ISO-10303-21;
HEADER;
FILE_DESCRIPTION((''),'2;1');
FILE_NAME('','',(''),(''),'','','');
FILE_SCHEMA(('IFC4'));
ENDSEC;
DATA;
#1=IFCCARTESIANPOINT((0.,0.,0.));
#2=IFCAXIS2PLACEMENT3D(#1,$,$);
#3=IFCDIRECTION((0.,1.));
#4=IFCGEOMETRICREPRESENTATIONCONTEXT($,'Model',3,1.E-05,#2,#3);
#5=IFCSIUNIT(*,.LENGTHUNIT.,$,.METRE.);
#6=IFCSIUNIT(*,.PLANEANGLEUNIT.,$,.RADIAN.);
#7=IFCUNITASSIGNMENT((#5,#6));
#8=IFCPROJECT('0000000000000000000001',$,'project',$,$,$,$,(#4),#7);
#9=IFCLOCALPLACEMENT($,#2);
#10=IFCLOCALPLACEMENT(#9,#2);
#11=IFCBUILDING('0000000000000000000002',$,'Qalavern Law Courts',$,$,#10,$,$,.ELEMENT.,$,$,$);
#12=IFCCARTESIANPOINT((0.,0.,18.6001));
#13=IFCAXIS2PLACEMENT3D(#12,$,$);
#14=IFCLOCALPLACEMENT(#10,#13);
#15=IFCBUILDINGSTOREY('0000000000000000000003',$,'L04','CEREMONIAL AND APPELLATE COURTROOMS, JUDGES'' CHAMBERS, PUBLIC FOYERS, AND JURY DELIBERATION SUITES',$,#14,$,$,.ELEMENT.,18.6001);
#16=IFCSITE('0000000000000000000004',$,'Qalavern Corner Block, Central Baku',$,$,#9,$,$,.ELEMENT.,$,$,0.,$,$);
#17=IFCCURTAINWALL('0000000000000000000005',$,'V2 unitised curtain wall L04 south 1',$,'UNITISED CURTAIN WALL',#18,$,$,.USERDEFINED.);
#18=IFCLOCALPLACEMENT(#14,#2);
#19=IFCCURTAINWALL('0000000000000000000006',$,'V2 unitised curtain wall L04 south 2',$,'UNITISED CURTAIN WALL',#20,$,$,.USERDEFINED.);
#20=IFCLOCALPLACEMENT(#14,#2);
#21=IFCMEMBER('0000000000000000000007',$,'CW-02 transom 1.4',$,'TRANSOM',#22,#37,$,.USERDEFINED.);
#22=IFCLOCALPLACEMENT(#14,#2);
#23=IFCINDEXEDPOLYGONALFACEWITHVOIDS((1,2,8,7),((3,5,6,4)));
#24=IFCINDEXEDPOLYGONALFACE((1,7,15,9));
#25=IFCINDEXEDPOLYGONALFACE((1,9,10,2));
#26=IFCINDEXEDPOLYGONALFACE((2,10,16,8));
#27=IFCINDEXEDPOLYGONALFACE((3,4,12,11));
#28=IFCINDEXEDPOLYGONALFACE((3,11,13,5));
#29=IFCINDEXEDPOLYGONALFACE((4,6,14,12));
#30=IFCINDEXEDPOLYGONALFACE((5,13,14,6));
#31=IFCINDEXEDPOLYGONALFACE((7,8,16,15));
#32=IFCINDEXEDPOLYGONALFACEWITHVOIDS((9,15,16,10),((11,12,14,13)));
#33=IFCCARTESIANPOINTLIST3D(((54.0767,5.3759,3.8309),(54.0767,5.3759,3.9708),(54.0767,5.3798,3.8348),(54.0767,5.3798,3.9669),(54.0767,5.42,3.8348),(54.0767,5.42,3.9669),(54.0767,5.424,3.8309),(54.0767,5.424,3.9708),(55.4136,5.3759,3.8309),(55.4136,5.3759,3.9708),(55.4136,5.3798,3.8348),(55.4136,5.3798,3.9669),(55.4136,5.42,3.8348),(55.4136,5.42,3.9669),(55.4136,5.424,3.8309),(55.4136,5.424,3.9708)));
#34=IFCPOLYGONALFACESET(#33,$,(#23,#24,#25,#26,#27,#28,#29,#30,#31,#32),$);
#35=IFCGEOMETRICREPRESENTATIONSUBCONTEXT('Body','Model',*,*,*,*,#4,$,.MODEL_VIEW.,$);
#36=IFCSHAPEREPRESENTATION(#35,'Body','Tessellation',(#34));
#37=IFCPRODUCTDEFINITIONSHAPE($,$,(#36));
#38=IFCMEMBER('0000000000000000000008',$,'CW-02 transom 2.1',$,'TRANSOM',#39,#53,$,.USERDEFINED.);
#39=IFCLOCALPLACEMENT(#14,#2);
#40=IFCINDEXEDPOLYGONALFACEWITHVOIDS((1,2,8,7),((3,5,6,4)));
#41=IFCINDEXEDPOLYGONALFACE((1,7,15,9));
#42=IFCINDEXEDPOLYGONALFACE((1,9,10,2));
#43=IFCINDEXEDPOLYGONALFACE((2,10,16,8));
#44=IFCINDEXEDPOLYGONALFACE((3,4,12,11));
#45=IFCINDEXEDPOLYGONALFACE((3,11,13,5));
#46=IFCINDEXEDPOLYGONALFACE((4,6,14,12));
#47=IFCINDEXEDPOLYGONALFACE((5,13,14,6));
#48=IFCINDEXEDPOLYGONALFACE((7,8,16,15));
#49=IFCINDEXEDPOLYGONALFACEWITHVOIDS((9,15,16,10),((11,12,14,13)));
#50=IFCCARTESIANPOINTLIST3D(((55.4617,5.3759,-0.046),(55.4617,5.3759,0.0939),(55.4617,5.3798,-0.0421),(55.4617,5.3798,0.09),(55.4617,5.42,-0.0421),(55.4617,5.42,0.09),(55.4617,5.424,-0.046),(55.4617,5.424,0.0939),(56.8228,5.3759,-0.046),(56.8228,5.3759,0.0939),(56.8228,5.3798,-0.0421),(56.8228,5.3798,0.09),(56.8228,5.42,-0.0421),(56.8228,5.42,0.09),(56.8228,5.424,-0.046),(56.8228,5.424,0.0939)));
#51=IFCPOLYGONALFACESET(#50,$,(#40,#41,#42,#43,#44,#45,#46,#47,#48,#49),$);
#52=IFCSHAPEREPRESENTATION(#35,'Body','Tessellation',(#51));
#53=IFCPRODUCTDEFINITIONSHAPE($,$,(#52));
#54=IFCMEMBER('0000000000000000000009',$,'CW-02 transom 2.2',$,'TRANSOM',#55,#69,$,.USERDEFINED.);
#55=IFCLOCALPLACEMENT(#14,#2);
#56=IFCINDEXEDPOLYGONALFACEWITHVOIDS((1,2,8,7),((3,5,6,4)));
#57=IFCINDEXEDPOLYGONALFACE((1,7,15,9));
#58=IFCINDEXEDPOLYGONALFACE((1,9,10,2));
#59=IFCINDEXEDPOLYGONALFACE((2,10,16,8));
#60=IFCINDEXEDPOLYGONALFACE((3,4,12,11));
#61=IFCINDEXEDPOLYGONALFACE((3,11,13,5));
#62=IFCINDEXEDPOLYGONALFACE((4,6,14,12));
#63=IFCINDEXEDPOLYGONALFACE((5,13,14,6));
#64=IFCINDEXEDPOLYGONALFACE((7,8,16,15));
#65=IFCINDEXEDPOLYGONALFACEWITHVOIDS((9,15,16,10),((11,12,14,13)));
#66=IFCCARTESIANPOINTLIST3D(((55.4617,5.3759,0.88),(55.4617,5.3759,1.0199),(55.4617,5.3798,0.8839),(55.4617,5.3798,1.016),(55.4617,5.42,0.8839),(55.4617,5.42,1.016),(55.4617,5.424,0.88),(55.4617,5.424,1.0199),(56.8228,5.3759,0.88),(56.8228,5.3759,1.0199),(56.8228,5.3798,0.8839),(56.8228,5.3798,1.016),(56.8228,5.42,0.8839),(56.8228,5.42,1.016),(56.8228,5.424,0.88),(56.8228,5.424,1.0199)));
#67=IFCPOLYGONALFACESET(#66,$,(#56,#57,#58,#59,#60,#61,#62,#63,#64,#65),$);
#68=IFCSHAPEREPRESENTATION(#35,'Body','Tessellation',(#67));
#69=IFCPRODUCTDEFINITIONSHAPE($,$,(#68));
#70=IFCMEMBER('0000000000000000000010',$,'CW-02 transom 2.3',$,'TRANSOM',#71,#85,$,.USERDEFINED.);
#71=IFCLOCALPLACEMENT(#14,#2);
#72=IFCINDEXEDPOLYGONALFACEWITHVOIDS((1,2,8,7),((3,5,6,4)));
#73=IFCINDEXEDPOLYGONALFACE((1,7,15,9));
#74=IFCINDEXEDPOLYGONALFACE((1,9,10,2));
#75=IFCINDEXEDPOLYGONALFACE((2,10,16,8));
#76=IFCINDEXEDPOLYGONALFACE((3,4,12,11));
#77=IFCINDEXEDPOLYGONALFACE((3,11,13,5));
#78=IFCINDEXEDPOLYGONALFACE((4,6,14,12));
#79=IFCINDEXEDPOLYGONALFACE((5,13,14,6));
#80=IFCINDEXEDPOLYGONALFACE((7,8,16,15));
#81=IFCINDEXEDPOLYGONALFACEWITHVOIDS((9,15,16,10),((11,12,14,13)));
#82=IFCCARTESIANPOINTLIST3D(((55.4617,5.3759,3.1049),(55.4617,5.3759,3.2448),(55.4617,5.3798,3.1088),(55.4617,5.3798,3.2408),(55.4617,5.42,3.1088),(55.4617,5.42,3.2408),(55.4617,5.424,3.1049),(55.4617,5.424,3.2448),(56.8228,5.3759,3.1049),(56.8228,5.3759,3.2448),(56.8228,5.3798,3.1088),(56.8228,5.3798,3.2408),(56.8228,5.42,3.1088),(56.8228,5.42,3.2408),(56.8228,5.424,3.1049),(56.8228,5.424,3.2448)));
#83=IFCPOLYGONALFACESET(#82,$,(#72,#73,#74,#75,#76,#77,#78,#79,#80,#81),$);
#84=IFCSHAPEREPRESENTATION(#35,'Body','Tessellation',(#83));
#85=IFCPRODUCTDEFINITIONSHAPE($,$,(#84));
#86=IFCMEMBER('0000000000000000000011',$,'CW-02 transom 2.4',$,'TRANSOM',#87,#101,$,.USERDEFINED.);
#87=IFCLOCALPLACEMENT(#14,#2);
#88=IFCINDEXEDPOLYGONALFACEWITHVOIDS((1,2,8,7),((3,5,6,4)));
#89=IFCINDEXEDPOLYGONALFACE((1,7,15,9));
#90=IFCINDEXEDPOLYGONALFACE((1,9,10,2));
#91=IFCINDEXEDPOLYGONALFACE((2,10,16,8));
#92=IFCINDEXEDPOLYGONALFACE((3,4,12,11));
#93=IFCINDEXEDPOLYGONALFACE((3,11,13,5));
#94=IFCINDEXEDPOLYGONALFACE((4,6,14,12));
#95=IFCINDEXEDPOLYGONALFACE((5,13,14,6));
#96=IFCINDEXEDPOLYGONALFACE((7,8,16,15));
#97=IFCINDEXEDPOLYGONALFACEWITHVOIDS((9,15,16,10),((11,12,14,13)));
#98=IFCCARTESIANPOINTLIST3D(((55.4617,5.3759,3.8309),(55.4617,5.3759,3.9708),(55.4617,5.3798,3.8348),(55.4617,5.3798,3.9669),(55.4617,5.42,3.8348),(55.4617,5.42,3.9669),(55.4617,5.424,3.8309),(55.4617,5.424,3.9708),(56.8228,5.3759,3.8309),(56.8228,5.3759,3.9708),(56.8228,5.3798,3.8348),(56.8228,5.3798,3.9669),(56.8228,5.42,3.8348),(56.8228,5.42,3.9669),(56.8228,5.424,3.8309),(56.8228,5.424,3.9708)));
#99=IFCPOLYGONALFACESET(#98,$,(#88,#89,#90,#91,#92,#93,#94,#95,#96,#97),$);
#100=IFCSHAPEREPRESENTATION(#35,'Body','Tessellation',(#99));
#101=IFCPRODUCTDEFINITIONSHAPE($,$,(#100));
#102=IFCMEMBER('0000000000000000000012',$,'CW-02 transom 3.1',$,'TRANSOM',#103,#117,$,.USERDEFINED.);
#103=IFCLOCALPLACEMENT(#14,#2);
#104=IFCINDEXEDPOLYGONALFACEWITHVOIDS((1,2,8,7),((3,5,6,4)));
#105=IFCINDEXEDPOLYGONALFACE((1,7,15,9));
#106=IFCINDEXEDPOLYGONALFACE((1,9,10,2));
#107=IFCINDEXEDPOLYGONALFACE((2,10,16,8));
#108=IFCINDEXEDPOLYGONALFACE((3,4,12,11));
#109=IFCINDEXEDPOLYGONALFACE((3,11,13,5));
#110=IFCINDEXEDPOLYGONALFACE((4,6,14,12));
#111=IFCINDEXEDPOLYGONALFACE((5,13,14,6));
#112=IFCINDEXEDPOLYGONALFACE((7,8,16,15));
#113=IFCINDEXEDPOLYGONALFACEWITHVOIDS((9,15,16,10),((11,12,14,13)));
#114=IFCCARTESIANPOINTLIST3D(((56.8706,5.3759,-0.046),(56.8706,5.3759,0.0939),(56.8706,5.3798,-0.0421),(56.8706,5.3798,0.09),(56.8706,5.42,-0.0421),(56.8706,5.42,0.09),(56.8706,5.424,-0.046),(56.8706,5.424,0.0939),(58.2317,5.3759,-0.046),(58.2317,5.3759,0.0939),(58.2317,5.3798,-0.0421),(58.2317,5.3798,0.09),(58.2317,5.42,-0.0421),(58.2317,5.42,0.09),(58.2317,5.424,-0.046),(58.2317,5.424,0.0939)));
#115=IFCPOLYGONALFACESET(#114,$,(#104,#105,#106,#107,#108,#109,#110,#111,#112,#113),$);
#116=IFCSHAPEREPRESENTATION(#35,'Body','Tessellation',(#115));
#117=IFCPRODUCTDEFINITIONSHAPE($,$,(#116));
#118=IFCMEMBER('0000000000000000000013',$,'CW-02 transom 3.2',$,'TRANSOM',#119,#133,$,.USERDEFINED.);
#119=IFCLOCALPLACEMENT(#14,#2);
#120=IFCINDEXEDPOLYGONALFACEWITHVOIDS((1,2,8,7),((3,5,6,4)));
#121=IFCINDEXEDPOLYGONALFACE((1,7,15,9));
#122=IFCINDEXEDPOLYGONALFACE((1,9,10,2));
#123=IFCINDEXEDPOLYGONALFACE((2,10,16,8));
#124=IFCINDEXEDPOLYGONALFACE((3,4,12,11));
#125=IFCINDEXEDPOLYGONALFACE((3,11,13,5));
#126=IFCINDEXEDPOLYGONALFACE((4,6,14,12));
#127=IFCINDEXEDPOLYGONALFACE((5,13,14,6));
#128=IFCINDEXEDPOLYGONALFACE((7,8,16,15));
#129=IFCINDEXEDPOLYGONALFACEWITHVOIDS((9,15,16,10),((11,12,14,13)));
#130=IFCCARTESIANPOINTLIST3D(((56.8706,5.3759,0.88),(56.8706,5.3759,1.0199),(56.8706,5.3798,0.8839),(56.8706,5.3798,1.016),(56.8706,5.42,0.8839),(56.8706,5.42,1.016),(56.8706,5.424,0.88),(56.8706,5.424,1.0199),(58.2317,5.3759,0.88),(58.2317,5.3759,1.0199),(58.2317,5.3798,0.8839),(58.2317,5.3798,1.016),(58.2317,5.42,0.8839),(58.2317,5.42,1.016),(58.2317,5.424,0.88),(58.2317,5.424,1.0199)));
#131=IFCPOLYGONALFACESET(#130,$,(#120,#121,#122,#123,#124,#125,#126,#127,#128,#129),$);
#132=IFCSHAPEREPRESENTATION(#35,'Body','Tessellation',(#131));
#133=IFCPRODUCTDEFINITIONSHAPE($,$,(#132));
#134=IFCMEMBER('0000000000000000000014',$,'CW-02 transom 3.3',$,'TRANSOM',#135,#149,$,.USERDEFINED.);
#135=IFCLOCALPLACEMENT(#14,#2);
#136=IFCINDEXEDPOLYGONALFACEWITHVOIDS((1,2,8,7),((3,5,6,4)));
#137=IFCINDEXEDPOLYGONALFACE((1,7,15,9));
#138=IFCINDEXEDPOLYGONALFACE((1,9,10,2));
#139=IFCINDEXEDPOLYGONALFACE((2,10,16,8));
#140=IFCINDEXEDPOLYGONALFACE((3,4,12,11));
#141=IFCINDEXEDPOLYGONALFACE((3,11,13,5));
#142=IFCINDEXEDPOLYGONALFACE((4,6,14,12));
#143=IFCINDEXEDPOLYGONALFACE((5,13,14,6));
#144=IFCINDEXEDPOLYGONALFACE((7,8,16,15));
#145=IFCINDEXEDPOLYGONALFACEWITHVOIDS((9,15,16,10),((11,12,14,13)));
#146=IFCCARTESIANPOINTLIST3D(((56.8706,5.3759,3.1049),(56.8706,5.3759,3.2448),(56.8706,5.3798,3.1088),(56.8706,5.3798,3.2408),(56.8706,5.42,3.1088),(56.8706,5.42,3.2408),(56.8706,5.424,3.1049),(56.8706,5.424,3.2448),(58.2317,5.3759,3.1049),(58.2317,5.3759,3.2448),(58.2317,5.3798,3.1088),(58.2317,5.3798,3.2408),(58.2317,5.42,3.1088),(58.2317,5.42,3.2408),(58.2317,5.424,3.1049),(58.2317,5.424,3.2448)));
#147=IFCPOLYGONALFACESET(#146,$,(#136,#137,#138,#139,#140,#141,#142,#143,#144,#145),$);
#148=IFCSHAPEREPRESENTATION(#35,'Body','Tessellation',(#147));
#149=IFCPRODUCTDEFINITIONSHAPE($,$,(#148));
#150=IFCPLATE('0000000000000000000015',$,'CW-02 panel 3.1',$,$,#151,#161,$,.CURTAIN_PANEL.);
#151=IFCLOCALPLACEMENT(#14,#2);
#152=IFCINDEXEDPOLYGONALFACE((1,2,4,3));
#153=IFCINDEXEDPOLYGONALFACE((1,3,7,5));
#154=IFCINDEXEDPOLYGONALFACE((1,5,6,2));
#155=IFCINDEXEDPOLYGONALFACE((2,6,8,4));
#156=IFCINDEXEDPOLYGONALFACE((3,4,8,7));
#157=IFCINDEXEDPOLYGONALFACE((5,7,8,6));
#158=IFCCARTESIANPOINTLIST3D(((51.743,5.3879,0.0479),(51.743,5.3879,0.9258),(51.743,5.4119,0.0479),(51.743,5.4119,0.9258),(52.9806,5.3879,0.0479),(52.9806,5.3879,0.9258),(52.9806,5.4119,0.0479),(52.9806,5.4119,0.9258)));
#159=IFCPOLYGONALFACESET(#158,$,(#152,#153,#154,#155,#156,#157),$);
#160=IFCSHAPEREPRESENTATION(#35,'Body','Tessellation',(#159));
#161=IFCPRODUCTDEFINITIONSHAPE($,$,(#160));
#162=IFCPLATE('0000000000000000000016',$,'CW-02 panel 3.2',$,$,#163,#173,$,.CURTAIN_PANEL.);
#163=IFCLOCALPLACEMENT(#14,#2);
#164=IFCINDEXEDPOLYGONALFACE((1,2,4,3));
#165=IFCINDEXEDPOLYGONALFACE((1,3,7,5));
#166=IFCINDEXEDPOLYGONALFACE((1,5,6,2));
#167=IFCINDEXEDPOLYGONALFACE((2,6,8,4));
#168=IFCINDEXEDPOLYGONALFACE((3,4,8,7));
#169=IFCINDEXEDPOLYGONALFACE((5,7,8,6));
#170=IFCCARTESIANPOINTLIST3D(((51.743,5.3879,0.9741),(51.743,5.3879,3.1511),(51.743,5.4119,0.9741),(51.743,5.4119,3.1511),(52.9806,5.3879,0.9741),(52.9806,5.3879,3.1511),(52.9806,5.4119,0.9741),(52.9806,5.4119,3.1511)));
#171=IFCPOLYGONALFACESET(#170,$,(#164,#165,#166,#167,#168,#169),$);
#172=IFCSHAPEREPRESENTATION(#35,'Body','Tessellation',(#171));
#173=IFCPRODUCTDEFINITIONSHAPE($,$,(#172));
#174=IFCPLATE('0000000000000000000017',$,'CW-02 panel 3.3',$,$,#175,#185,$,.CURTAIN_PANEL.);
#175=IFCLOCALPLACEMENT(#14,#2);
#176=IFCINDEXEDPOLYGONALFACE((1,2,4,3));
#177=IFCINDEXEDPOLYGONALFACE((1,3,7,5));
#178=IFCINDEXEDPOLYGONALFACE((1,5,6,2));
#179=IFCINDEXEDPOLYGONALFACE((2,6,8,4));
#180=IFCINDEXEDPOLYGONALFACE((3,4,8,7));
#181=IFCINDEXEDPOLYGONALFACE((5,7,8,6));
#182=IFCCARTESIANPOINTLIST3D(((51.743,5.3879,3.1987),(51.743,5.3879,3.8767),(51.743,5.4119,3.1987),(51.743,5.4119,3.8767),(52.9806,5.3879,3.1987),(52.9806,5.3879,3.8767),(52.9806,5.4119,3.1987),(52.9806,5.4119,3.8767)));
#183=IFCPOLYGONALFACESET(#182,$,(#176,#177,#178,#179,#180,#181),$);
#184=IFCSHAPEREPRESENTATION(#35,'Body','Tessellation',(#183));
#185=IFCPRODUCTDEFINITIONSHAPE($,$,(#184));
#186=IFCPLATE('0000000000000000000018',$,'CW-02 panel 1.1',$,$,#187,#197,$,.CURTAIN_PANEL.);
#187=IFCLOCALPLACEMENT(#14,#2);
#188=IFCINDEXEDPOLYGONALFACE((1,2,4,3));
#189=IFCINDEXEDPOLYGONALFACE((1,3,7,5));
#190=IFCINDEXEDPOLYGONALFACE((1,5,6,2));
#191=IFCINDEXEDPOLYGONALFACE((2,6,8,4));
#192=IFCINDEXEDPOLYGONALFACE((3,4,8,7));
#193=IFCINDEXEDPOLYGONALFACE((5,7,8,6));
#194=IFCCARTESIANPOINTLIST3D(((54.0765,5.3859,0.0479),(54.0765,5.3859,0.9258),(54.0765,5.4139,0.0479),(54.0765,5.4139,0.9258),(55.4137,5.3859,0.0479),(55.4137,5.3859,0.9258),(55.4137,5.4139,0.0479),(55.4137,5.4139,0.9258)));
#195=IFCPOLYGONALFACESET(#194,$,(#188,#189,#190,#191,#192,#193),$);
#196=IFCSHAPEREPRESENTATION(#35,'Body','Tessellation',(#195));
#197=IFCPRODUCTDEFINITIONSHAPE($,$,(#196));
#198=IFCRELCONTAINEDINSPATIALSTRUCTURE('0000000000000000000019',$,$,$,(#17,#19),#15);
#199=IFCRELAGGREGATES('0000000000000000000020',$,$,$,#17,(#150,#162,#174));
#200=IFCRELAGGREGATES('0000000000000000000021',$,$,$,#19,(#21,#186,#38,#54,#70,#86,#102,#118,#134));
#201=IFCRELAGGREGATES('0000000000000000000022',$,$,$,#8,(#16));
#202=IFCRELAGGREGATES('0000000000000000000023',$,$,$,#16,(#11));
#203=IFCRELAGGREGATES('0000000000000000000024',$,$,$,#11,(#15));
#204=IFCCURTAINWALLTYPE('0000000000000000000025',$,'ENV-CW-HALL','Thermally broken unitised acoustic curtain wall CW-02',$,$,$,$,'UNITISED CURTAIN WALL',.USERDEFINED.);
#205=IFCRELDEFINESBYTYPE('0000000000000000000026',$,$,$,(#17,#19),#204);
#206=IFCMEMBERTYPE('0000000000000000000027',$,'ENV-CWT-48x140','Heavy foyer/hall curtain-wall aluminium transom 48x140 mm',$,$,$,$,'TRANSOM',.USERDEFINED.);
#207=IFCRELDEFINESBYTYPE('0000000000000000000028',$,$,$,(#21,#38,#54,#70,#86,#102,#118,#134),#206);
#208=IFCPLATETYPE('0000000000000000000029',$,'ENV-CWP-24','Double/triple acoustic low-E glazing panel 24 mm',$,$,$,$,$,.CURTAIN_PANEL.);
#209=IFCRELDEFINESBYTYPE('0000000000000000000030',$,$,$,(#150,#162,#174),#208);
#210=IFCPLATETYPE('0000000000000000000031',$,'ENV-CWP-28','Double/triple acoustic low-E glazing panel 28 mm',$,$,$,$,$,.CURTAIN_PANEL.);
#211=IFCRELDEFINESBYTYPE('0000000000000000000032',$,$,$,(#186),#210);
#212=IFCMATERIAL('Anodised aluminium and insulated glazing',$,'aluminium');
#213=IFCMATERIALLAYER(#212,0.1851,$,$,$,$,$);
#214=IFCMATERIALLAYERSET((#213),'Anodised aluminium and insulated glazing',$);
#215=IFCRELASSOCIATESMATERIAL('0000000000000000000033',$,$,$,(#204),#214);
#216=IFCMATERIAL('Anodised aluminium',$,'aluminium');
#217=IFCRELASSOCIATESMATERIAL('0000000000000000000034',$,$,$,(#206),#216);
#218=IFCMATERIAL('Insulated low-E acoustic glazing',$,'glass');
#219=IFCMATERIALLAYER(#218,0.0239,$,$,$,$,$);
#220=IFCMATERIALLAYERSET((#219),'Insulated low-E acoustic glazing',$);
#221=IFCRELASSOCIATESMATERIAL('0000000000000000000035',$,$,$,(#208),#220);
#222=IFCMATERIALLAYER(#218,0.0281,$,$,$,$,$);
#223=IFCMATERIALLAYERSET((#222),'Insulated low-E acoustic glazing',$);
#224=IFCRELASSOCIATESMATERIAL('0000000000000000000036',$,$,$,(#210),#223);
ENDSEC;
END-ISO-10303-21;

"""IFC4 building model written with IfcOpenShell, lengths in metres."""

from ifc_helpers import new_model, si_unit, direction, frame, origin, origin_2d, place, context, subcontext, project, spatial, rectangle, hollow_rectangle, extrude, material, layer, layer_set, material_profile, profile_set, type_object, element, aggregate, save


model = new_model("IFC4")

# Units and contexts
model_context = context("Model", 3, precision=1e-05, world=origin(), true_north=direction((0.0, 1.0)))
body_context = subcontext(model_context, "Body", "Model", "MODEL_VIEW")
ifc_project = project(units=[si_unit("LENGTHUNIT", "METRE"), si_unit("PLANEANGLEUNIT", "RADIAN")], contexts=[model_context])

# Site, building, storey
site_placement = place(None, origin())
site = spatial("IfcSite", under=ifc_project, at=site_placement, Name="Qalavern Corner Block, Central Baku", CompositionType="ELEMENT", RefElevation=0.0)
building_placement = place(site_placement, origin())
building = spatial("IfcBuilding", under=site, at=building_placement, Name="Qalavern Law Courts", CompositionType="ELEMENT")
storey_placement = place(building_placement, frame((0.0, 0.0, 18.6001)))
storey = spatial("IfcBuildingStorey", under=building, at=storey_placement, Name="L04", Description="CEREMONIAL AND APPELLATE COURTROOMS, JUDGES' CHAMBERS, PUBLIC FOYERS, AND JURY DELIBERATION SUITES", CompositionType="ELEMENT", Elevation=18.6001)

# Curtain wall
ifc_material_1 = material(Name="Anodised aluminium and insulated glazing", Category="aluminium")
ifc_layer_1 = layer(ifc_material_1, 0.1851)
ifc_layer_set_1 = layer_set([ifc_layer_1], Name="Anodised aluminium and insulated glazing")
curtain_wall_type = type_object("IfcCurtainWallType", Name="ENV-CW-HALL", Description="Thermally broken unitised acoustic curtain wall CW-02", ElementType="UNITISED CURTAIN WALL", PredefinedType="USERDEFINED", material=ifc_layer_set_1)
curtain_wall_1_placement = place(storey_placement, origin())
curtain_wall_1 = element("IfcCurtainWall", 1, at=curtain_wall_1_placement, inside=storey, type_object=curtain_wall_type, Name="V2 unitised curtain wall L04 south 1", ObjectType="UNITISED CURTAIN WALL", PredefinedType="USERDEFINED")
ifc_material_2 = material(Name="Anodised aluminium", Category="aluminium")

# Curtain wall
curtain_wall_2_placement = place(storey_placement, origin())
curtain_wall_2 = element("IfcCurtainWall", 2, at=curtain_wall_2_placement, inside=storey, type_object=curtain_wall_type, Name="V2 unitised curtain wall L04 south 2", ObjectType="UNITISED CURTAIN WALL", PredefinedType="USERDEFINED")

# Members
ifc_material_profile_1 = material_profile(ifc_material_2, hollow_rectangle(XDim=0.0481, YDim=0.1399, WallThickness=0.0039, at=origin_2d()), Name="ALU TRANSOM 48x140")
ifc_profile_set_1 = profile_set([ifc_material_profile_1], Name="Anodised aluminium")
member_type_1 = type_object("IfcMemberType", Name="ENV-CWT-48x140", Description="Heavy foyer/hall curtain-wall aluminium transom 48x140 mm", ElementType="TRANSOM", PredefinedType="USERDEFINED", material=ifc_profile_set_1)
member_1_placement = place(storey_placement, frame((54.0767, 5.3999, 3.9009), z_axis=(1.0, 0.0, 0.0), x_axis=(0.0, 1.0, 0.0)))
member_1 = element("IfcMember", 3, at=member_1_placement, type_object=member_type_1, Name="CW-02 transom 1.4", ObjectType="TRANSOM", PredefinedType="USERDEFINED", context=body_context, shape_type="SweptSolid", body=[
    extrude(hollow_rectangle(XDim=0.0481, YDim=0.1399, WallThickness=0.0039, at=origin_2d()), origin(), (0.0, 0.0, 1.0), 1.3369),
])
member_2_placement = place(storey_placement, frame((55.4617, 5.3999, 0.0239), z_axis=(1.0, 0.0, 0.0), x_axis=(0.0, 1.0, 0.0)))
member_2 = element("IfcMember", 4, at=member_2_placement, type_object=member_type_1, Name="CW-02 transom 2.1", ObjectType="TRANSOM", PredefinedType="USERDEFINED", context=body_context, shape_type="SweptSolid", body=[
    extrude(hollow_rectangle(XDim=0.0481, YDim=0.1399, WallThickness=0.0039, at=origin_2d()), origin(), (0.0, 0.0, 1.0), 1.3611),
])
member_3_placement = place(storey_placement, frame((55.4617, 5.3999, 0.95), z_axis=(1.0, 0.0, 0.0), x_axis=(0.0, 1.0, 0.0)))
member_3 = element("IfcMember", 5, at=member_3_placement, type_object=member_type_1, Name="CW-02 transom 2.2", ObjectType="TRANSOM", PredefinedType="USERDEFINED", context=body_context, shape_type="SweptSolid", body=[
    extrude(hollow_rectangle(XDim=0.0481, YDim=0.1399, WallThickness=0.0039, at=origin_2d()), origin(), (0.0, 0.0, 1.0), 1.3611),
])
member_4_placement = place(storey_placement, frame((55.4617, 5.3999, 3.1748), z_axis=(1.0, 0.0, 0.0), x_axis=(0.0, 1.0, 0.0)))
member_4 = element("IfcMember", 6, at=member_4_placement, type_object=member_type_1, Name="CW-02 transom 2.3", ObjectType="TRANSOM", PredefinedType="USERDEFINED", context=body_context, shape_type="SweptSolid", body=[
    extrude(hollow_rectangle(XDim=0.0481, YDim=0.1399, WallThickness=0.0039, at=origin_2d()), origin(), (0.0, 0.0, 1.0), 1.3611),
])
member_5_placement = place(storey_placement, frame((55.4617, 5.3999, 3.9009), z_axis=(1.0, 0.0, 0.0), x_axis=(0.0, 1.0, 0.0)))
member_5 = element("IfcMember", 7, at=member_5_placement, type_object=member_type_1, Name="CW-02 transom 2.4", ObjectType="TRANSOM", PredefinedType="USERDEFINED", context=body_context, shape_type="SweptSolid", body=[
    extrude(hollow_rectangle(XDim=0.0481, YDim=0.1399, WallThickness=0.0039, at=origin_2d()), origin(), (0.0, 0.0, 1.0), 1.3611),
])
member_6_placement = place(storey_placement, frame((56.8706, 5.3999, 0.0239), z_axis=(1.0, 0.0, 0.0), x_axis=(0.0, 1.0, 0.0)))
member_6 = element("IfcMember", 8, at=member_6_placement, type_object=member_type_1, Name="CW-02 transom 3.1", ObjectType="TRANSOM", PredefinedType="USERDEFINED", context=body_context, shape_type="SweptSolid", body=[
    extrude(hollow_rectangle(XDim=0.0481, YDim=0.1399, WallThickness=0.0039, at=origin_2d()), origin(), (0.0, 0.0, 1.0), 1.3611),
])
member_7_placement = place(storey_placement, frame((56.8706, 5.3999, 0.95), z_axis=(1.0, 0.0, 0.0), x_axis=(0.0, 1.0, 0.0)))
member_7 = element("IfcMember", 9, at=member_7_placement, type_object=member_type_1, Name="CW-02 transom 3.2", ObjectType="TRANSOM", PredefinedType="USERDEFINED", context=body_context, shape_type="SweptSolid", body=[
    extrude(hollow_rectangle(XDim=0.0481, YDim=0.1399, WallThickness=0.0039, at=origin_2d()), origin(), (0.0, 0.0, 1.0), 1.3611),
])
member_8_placement = place(storey_placement, frame((56.8706, 5.3999, 3.1748), z_axis=(1.0, 0.0, 0.0), x_axis=(0.0, 1.0, 0.0)))
member_8 = element("IfcMember", 10, at=member_8_placement, type_object=member_type_1, Name="CW-02 transom 3.3", ObjectType="TRANSOM", PredefinedType="USERDEFINED", context=body_context, shape_type="SweptSolid", body=[
    extrude(hollow_rectangle(XDim=0.0481, YDim=0.1399, WallThickness=0.0039, at=origin_2d()), origin(), (0.0, 0.0, 1.0), 1.3611),
])

# Plates
ifc_material_3 = material(Name="Insulated low-E acoustic glazing", Category="glass")
ifc_layer_2 = layer(ifc_material_3, 0.0239)
ifc_layer_set_2 = layer_set([ifc_layer_2], Name="Insulated low-E acoustic glazing")
plate_type_1 = type_object("IfcPlateType", Name="ENV-CWP-24", Description="Double/triple acoustic low-E glazing panel 24 mm", PredefinedType="CURTAIN_PANEL", material=ifc_layer_set_2)
plate_1_placement = place(storey_placement, frame((52.3618, 5.3999, 0.0479), z_axis=(0.0, 0.0, 1.0), x_axis=(1.0, 0.0, 0.0)))
plate_1 = element("IfcPlate", 11, at=plate_1_placement, type_object=plate_type_1, Name="CW-02 panel 3.1", PredefinedType="CURTAIN_PANEL", context=body_context, shape_type="SweptSolid", body=[
    extrude(rectangle(XDim=1.2375, YDim=0.0239, at=origin_2d()), origin(), (0.0, 0.0, 1.0), 0.8779),
])
plate_2_placement = place(storey_placement, frame((52.3618, 5.3999, 0.9741), z_axis=(0.0, 0.0, 1.0), x_axis=(1.0, 0.0, 0.0)))
plate_2 = element("IfcPlate", 12, at=plate_2_placement, type_object=plate_type_1, Name="CW-02 panel 3.2", PredefinedType="CURTAIN_PANEL", context=body_context, shape_type="SweptSolid", body=[
    extrude(rectangle(XDim=1.2375, YDim=0.0239, at=origin_2d()), origin(), (0.0, 0.0, 1.0), 2.177),
])
plate_3_placement = place(storey_placement, frame((52.3618, 5.3999, 3.1987), z_axis=(0.0, 0.0, 1.0), x_axis=(1.0, 0.0, 0.0)))
plate_3 = element("IfcPlate", 13, at=plate_3_placement, type_object=plate_type_1, Name="CW-02 panel 3.3", PredefinedType="CURTAIN_PANEL", context=body_context, shape_type="SweptSolid", body=[
    extrude(rectangle(XDim=1.2375, YDim=0.0239, at=origin_2d()), origin(), (0.0, 0.0, 1.0), 0.678),
])
aggregate(curtain_wall_1, [plate_1, plate_2, plate_3])
ifc_layer_3 = layer(ifc_material_3, 0.0281)
ifc_layer_set_3 = layer_set([ifc_layer_3], Name="Insulated low-E acoustic glazing")
plate_type_2 = type_object("IfcPlateType", Name="ENV-CWP-28", Description="Double/triple acoustic low-E glazing panel 28 mm", PredefinedType="CURTAIN_PANEL", material=ifc_layer_set_3)
plate_4_placement = place(storey_placement, frame((54.7451, 5.3999, 0.0479), z_axis=(0.0, 0.0, 1.0), x_axis=(1.0, 0.0, 0.0)))
plate_4 = element("IfcPlate", 14, at=plate_4_placement, type_object=plate_type_2, Name="CW-02 panel 1.1", PredefinedType="CURTAIN_PANEL", context=body_context, shape_type="SweptSolid", body=[
    extrude(rectangle(XDim=1.3372, YDim=0.0281, at=origin_2d()), origin(), (0.0, 0.0, 1.0), 0.8779),
])
aggregate(curtain_wall_2, [member_1, plate_4, member_2, member_3, member_4, member_5, member_6, member_7, member_8])

save(model, "model.ifc")
